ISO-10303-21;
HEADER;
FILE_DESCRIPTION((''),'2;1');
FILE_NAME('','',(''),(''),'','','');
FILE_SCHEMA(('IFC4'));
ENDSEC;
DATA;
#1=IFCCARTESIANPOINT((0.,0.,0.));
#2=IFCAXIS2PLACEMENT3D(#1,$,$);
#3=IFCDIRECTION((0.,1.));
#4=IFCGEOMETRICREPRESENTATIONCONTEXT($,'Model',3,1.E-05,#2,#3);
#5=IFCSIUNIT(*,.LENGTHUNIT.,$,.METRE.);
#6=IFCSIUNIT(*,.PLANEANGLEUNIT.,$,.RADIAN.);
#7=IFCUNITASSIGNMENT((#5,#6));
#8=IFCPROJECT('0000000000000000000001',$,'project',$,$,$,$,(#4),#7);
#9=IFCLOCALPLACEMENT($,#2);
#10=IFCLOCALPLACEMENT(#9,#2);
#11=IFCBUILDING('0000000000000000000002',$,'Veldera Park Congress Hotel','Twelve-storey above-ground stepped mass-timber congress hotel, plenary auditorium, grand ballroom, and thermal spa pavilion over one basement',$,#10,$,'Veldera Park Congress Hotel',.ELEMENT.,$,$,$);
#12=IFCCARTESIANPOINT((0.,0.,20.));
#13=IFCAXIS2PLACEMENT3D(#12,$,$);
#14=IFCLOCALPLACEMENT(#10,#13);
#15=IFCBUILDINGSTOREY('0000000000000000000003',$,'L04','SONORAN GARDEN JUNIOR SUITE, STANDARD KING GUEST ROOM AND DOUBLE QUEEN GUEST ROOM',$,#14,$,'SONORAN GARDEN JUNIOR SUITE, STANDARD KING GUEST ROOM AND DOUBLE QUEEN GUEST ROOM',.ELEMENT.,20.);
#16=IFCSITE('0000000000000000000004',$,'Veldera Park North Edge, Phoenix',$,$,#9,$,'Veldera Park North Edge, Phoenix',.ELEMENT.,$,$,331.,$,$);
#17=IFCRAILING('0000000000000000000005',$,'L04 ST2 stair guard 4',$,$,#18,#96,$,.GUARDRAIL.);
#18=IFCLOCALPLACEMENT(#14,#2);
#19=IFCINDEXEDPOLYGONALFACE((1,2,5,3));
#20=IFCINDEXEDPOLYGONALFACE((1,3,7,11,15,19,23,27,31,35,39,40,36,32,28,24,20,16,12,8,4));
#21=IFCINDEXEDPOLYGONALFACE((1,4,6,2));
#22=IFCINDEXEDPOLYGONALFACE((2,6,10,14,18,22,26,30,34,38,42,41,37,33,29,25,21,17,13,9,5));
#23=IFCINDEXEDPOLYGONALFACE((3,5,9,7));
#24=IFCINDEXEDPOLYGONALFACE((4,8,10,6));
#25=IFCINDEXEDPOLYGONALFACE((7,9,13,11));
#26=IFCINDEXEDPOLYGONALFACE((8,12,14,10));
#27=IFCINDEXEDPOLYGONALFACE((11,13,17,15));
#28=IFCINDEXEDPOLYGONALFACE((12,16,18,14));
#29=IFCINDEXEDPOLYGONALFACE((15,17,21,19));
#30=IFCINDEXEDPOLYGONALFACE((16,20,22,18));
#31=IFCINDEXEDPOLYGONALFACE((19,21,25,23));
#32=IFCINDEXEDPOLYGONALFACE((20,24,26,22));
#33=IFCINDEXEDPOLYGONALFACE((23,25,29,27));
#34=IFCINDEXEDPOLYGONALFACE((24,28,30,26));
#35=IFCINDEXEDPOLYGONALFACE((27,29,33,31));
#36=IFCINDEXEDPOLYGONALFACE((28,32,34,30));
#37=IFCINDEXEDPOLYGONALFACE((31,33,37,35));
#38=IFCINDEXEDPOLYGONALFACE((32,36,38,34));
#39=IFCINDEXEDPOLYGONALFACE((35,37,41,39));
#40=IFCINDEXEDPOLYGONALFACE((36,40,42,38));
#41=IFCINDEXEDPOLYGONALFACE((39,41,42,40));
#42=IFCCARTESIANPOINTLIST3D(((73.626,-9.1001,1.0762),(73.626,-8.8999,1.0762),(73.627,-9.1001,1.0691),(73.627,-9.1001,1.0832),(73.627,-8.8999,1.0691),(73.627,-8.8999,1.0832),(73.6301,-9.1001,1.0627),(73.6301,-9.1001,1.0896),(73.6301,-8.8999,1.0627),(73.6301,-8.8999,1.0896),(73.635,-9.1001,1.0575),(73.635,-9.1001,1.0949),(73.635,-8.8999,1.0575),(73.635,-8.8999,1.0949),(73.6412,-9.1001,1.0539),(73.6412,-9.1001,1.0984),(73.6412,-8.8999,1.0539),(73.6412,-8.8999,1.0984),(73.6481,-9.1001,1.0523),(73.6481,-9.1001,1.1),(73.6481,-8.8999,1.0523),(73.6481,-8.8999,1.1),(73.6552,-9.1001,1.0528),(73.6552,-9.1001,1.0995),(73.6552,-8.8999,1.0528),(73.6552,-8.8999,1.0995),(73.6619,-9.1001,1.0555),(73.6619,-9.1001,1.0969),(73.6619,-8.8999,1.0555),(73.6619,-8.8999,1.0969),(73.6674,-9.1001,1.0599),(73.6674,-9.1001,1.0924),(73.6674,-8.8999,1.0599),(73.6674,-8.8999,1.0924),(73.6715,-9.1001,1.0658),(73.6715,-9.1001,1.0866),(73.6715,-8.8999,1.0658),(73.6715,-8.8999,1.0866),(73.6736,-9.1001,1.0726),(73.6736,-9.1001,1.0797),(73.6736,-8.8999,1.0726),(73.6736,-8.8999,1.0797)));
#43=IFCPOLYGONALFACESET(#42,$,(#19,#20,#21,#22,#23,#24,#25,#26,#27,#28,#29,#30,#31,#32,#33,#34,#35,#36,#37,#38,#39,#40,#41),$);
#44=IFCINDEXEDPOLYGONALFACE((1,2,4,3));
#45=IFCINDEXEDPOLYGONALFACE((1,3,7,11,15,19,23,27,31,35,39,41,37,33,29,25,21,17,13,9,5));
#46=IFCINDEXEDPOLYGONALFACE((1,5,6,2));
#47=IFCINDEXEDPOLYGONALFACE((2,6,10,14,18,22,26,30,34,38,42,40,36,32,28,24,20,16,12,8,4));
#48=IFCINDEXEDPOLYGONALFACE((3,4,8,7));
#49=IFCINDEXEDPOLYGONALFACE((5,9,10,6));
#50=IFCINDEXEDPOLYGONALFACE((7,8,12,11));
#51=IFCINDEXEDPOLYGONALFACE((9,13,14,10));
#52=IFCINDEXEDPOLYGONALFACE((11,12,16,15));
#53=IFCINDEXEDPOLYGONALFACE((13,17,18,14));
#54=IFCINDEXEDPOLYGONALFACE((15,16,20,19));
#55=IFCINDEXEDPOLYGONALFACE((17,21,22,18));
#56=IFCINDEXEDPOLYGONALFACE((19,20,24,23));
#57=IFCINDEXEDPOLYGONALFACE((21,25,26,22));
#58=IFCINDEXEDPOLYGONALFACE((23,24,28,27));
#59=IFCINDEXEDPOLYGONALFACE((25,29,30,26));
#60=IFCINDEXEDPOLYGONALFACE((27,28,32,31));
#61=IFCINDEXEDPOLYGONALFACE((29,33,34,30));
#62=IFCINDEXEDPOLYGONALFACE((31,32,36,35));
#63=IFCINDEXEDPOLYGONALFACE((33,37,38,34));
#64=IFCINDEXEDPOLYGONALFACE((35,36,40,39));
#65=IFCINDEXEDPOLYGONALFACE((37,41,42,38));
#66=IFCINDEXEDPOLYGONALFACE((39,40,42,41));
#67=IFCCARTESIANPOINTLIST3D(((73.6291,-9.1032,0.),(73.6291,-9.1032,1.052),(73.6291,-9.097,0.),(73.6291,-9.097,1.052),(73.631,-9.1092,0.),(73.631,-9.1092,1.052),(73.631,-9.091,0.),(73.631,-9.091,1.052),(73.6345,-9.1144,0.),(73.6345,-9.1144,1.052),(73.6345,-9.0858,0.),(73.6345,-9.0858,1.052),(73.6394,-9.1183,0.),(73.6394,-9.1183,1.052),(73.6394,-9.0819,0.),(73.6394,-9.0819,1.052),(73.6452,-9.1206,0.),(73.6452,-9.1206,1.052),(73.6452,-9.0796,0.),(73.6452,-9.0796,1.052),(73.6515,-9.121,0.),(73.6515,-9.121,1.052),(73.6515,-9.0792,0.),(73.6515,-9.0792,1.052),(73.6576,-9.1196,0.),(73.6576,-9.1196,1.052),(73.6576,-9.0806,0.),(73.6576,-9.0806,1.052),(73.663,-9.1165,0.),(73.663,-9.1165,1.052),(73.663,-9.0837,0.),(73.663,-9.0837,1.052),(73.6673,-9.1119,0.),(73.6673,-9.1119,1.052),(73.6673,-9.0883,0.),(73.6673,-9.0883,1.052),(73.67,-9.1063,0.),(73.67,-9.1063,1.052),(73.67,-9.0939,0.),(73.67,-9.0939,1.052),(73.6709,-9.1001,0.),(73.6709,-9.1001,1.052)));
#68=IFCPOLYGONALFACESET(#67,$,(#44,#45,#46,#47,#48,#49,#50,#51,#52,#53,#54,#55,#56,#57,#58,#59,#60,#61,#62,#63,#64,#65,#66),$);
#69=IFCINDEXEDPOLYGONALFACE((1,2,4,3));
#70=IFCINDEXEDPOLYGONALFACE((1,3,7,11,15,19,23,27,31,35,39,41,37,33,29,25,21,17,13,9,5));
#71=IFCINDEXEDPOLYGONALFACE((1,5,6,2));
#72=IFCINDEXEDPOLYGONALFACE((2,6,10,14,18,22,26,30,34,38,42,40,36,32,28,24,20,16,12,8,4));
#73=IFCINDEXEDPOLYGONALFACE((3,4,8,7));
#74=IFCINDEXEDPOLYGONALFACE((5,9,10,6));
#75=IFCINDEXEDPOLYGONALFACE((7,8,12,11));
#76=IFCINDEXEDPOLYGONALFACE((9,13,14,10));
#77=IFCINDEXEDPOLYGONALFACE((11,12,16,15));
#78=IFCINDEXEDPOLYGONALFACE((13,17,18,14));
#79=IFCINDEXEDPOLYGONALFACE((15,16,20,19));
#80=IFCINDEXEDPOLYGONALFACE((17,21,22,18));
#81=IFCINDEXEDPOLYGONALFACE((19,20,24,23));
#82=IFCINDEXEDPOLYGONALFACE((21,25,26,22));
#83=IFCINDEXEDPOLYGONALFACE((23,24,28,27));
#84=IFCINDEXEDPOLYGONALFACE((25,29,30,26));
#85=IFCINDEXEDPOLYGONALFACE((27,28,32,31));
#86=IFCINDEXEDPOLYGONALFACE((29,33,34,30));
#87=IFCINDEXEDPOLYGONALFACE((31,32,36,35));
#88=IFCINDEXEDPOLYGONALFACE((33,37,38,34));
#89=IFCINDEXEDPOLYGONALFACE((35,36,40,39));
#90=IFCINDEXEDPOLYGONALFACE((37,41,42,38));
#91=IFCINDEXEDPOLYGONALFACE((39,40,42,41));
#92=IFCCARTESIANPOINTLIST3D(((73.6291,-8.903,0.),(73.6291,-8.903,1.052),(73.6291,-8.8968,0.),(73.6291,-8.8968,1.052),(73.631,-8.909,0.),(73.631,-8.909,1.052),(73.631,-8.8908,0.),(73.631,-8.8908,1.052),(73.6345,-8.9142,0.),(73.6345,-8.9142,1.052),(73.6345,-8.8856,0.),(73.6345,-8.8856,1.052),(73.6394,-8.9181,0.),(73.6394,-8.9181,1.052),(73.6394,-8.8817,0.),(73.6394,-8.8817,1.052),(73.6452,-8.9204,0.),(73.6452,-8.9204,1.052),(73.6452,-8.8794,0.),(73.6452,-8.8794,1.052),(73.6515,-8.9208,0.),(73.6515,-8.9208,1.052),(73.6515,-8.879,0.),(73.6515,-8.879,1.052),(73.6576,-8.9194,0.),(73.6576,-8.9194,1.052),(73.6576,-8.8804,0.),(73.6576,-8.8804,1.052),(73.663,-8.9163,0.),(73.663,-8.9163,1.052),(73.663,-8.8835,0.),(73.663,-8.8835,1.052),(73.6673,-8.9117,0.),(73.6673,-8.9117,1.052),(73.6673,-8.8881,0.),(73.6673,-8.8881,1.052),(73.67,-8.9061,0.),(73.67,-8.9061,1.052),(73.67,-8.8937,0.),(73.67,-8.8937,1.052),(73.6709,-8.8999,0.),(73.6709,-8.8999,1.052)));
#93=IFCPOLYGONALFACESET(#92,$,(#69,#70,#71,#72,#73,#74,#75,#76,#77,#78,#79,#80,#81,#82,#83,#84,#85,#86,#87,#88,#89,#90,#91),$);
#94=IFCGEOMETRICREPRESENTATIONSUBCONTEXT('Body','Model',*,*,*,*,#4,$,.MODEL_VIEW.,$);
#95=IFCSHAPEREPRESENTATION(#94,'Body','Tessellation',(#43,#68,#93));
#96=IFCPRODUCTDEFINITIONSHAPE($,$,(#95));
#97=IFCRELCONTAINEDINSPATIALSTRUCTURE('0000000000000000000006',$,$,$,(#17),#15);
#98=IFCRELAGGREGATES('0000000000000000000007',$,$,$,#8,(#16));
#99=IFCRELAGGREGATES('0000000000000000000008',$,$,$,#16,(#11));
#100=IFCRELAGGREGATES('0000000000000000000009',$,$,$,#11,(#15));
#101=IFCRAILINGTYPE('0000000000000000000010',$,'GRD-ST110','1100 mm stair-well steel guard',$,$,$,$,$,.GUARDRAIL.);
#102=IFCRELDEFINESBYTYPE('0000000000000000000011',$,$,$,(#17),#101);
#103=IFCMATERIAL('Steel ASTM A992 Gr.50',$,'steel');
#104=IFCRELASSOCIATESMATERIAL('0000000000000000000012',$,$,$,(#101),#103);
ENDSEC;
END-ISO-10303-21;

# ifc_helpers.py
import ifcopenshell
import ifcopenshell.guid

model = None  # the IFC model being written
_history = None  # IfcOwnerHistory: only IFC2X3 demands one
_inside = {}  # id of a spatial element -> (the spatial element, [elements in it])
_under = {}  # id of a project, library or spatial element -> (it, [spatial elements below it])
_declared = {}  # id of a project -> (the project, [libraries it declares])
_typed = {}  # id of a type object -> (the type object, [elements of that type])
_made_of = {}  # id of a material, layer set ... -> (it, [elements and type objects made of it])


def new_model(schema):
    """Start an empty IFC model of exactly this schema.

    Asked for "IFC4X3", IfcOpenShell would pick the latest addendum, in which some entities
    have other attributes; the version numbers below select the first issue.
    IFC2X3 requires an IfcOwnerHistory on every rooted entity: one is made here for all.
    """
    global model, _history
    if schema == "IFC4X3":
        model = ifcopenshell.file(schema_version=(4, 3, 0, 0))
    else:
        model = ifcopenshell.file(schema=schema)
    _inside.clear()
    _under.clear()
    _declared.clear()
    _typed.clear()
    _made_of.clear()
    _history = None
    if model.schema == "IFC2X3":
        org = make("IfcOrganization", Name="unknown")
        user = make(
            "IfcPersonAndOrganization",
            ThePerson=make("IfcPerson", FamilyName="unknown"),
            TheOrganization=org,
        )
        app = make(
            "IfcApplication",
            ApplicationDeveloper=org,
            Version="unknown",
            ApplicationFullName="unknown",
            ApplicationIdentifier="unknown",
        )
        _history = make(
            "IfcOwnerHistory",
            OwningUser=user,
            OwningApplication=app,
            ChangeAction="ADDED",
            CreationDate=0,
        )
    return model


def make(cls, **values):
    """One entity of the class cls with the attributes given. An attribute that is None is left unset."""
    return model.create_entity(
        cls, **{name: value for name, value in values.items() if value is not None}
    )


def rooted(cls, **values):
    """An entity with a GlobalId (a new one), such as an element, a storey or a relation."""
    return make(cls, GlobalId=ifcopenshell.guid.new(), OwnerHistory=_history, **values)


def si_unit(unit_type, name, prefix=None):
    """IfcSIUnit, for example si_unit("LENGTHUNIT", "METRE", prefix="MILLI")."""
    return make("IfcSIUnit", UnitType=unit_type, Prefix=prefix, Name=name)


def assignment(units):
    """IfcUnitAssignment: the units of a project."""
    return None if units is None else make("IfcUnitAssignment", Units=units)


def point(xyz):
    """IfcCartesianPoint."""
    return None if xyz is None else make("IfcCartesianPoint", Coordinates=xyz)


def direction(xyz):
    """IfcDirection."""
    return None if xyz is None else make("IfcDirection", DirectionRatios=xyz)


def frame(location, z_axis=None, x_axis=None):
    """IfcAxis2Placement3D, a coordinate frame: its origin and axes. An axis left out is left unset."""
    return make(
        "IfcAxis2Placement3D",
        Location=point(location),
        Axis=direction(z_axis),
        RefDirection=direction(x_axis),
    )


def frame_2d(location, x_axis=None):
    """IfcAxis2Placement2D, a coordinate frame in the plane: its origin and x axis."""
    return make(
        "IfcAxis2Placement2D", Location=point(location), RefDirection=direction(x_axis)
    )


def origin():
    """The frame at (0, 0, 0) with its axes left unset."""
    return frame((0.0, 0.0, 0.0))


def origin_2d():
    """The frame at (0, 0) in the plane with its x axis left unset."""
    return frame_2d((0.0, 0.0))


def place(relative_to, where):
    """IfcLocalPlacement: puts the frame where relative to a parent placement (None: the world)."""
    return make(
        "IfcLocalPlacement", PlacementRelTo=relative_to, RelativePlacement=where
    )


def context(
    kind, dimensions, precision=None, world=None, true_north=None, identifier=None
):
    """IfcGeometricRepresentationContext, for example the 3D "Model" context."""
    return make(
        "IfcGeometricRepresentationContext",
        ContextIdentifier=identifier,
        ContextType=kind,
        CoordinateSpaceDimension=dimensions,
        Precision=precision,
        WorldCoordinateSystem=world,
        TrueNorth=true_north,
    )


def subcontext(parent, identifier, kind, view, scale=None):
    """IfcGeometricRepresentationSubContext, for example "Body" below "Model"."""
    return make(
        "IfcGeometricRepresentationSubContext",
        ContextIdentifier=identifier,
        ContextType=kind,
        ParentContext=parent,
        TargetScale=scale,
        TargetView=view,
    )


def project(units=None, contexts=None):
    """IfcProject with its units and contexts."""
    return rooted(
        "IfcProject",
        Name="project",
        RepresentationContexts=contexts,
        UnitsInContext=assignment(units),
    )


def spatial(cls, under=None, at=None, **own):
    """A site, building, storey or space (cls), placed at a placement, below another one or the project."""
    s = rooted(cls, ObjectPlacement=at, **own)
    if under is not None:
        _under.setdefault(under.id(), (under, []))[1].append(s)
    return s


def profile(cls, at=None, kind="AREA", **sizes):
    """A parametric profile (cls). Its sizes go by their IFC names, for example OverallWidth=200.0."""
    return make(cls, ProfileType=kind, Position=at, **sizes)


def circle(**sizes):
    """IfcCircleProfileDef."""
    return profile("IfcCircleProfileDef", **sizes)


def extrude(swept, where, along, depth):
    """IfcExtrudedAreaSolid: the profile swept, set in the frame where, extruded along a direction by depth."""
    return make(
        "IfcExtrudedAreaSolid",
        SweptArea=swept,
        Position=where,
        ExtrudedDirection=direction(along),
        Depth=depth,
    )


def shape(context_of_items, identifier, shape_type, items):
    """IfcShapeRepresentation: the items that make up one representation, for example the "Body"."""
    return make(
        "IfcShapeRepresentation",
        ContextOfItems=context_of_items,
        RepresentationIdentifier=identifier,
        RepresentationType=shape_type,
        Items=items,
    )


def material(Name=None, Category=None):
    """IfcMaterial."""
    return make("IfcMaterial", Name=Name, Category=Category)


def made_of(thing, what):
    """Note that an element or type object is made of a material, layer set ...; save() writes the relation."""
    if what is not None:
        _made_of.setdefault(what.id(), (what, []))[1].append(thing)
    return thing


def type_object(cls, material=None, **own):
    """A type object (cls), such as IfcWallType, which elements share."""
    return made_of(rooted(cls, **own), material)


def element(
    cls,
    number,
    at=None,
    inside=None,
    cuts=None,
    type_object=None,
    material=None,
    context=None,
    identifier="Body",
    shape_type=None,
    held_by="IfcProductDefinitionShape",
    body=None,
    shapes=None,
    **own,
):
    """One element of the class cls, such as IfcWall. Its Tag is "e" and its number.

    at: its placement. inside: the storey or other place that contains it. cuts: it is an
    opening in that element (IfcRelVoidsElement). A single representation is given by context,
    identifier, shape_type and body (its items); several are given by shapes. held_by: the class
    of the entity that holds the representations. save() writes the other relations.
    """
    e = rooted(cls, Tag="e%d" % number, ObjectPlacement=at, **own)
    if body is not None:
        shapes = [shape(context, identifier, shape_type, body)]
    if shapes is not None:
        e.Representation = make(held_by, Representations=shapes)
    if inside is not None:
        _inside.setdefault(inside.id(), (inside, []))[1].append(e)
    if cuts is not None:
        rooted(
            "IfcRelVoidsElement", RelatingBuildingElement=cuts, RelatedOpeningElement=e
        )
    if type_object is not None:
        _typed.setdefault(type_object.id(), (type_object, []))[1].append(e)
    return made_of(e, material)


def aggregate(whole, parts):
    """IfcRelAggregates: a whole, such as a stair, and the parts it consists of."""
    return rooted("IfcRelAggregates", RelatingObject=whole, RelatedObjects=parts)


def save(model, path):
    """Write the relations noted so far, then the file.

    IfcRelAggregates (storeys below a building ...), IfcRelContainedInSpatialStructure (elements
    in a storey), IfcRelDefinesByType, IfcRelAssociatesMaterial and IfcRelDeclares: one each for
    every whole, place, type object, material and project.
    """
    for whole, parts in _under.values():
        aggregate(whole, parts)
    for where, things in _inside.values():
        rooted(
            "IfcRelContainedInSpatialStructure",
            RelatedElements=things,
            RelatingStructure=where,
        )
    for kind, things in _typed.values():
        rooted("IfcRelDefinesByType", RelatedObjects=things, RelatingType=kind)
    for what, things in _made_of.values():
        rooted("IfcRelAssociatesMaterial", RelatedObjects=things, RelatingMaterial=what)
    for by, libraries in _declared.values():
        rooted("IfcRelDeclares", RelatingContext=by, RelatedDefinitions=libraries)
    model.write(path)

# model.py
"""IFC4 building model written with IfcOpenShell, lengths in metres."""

from ifc_helpers import new_model, si_unit, direction, frame, origin, origin_2d, place, context, subcontext, project, spatial, circle, extrude, material, type_object, element, save


model = new_model("IFC4")

# Units and contexts
model_context = context("Model", 3, precision=1e-05, world=origin(), true_north=direction((0.0, 1.0)))
body_context = subcontext(model_context, "Body", "Model", "MODEL_VIEW")
ifc_project = project(units=[si_unit("LENGTHUNIT", "METRE"), si_unit("PLANEANGLEUNIT", "RADIAN")], contexts=[model_context])

# Site, building, storey
site_placement = place(None, origin())
site = spatial("IfcSite", under=ifc_project, at=site_placement, Name="Veldera Park North Edge, Phoenix", LongName="Veldera Park North Edge, Phoenix", CompositionType="ELEMENT", RefElevation=331.0)
building_placement = place(site_placement, origin())
building = spatial("IfcBuilding", under=site, at=building_placement, Name="Veldera Park Congress Hotel", Description="Twelve-storey above-ground stepped mass-timber congress hotel, plenary auditorium, grand ballroom, and thermal spa pavilion over one basement", LongName="Veldera Park Congress Hotel", CompositionType="ELEMENT")
storey_placement = place(building_placement, frame((0.0, 0.0, 20.0)))
storey = spatial("IfcBuildingStorey", under=building, at=storey_placement, Name="L04", Description="SONORAN GARDEN JUNIOR SUITE, STANDARD KING GUEST ROOM AND DOUBLE QUEEN GUEST ROOM", LongName="SONORAN GARDEN JUNIOR SUITE, STANDARD KING GUEST ROOM AND DOUBLE QUEEN GUEST ROOM", CompositionType="ELEMENT", Elevation=20.0)

# Railing
ifc_material_1 = material(Name="Steel ASTM A992 Gr.50", Category="steel")
railing_type_1 = type_object("IfcRailingType", Name="GRD-ST110", Description="1100 mm stair-well steel guard", PredefinedType="GUARDRAIL", material=ifc_material_1)
railing_1_placement = place(storey_placement, frame((73.6499, -9.1001, 0.0)))
element("IfcRailing", 1, at=railing_1_placement, inside=storey, type_object=railing_type_1, Name="L04 ST2 stair guard 4", PredefinedType="GUARDRAIL", context=body_context, shape_type="SweptSolid", body=[
    extrude(circle(Radius=0.0239, at=origin_2d()), frame((0.0, 0.0, 1.0762), z_axis=(0.0, 1.0, 0.0), x_axis=(-1.0, 0.0, 0.0)), (0.0, 0.0, 1.0), 0.2002),
    extrude(circle(Radius=0.021, at=origin_2d()), origin(), (0.0, 0.0, 1.0), 1.052),
    extrude(circle(Radius=0.021, at=origin_2d()), frame((0.0, 0.2002, 0.0)), (0.0, 0.0, 1.0), 1.052),
])

save(model, "model.ifc")
